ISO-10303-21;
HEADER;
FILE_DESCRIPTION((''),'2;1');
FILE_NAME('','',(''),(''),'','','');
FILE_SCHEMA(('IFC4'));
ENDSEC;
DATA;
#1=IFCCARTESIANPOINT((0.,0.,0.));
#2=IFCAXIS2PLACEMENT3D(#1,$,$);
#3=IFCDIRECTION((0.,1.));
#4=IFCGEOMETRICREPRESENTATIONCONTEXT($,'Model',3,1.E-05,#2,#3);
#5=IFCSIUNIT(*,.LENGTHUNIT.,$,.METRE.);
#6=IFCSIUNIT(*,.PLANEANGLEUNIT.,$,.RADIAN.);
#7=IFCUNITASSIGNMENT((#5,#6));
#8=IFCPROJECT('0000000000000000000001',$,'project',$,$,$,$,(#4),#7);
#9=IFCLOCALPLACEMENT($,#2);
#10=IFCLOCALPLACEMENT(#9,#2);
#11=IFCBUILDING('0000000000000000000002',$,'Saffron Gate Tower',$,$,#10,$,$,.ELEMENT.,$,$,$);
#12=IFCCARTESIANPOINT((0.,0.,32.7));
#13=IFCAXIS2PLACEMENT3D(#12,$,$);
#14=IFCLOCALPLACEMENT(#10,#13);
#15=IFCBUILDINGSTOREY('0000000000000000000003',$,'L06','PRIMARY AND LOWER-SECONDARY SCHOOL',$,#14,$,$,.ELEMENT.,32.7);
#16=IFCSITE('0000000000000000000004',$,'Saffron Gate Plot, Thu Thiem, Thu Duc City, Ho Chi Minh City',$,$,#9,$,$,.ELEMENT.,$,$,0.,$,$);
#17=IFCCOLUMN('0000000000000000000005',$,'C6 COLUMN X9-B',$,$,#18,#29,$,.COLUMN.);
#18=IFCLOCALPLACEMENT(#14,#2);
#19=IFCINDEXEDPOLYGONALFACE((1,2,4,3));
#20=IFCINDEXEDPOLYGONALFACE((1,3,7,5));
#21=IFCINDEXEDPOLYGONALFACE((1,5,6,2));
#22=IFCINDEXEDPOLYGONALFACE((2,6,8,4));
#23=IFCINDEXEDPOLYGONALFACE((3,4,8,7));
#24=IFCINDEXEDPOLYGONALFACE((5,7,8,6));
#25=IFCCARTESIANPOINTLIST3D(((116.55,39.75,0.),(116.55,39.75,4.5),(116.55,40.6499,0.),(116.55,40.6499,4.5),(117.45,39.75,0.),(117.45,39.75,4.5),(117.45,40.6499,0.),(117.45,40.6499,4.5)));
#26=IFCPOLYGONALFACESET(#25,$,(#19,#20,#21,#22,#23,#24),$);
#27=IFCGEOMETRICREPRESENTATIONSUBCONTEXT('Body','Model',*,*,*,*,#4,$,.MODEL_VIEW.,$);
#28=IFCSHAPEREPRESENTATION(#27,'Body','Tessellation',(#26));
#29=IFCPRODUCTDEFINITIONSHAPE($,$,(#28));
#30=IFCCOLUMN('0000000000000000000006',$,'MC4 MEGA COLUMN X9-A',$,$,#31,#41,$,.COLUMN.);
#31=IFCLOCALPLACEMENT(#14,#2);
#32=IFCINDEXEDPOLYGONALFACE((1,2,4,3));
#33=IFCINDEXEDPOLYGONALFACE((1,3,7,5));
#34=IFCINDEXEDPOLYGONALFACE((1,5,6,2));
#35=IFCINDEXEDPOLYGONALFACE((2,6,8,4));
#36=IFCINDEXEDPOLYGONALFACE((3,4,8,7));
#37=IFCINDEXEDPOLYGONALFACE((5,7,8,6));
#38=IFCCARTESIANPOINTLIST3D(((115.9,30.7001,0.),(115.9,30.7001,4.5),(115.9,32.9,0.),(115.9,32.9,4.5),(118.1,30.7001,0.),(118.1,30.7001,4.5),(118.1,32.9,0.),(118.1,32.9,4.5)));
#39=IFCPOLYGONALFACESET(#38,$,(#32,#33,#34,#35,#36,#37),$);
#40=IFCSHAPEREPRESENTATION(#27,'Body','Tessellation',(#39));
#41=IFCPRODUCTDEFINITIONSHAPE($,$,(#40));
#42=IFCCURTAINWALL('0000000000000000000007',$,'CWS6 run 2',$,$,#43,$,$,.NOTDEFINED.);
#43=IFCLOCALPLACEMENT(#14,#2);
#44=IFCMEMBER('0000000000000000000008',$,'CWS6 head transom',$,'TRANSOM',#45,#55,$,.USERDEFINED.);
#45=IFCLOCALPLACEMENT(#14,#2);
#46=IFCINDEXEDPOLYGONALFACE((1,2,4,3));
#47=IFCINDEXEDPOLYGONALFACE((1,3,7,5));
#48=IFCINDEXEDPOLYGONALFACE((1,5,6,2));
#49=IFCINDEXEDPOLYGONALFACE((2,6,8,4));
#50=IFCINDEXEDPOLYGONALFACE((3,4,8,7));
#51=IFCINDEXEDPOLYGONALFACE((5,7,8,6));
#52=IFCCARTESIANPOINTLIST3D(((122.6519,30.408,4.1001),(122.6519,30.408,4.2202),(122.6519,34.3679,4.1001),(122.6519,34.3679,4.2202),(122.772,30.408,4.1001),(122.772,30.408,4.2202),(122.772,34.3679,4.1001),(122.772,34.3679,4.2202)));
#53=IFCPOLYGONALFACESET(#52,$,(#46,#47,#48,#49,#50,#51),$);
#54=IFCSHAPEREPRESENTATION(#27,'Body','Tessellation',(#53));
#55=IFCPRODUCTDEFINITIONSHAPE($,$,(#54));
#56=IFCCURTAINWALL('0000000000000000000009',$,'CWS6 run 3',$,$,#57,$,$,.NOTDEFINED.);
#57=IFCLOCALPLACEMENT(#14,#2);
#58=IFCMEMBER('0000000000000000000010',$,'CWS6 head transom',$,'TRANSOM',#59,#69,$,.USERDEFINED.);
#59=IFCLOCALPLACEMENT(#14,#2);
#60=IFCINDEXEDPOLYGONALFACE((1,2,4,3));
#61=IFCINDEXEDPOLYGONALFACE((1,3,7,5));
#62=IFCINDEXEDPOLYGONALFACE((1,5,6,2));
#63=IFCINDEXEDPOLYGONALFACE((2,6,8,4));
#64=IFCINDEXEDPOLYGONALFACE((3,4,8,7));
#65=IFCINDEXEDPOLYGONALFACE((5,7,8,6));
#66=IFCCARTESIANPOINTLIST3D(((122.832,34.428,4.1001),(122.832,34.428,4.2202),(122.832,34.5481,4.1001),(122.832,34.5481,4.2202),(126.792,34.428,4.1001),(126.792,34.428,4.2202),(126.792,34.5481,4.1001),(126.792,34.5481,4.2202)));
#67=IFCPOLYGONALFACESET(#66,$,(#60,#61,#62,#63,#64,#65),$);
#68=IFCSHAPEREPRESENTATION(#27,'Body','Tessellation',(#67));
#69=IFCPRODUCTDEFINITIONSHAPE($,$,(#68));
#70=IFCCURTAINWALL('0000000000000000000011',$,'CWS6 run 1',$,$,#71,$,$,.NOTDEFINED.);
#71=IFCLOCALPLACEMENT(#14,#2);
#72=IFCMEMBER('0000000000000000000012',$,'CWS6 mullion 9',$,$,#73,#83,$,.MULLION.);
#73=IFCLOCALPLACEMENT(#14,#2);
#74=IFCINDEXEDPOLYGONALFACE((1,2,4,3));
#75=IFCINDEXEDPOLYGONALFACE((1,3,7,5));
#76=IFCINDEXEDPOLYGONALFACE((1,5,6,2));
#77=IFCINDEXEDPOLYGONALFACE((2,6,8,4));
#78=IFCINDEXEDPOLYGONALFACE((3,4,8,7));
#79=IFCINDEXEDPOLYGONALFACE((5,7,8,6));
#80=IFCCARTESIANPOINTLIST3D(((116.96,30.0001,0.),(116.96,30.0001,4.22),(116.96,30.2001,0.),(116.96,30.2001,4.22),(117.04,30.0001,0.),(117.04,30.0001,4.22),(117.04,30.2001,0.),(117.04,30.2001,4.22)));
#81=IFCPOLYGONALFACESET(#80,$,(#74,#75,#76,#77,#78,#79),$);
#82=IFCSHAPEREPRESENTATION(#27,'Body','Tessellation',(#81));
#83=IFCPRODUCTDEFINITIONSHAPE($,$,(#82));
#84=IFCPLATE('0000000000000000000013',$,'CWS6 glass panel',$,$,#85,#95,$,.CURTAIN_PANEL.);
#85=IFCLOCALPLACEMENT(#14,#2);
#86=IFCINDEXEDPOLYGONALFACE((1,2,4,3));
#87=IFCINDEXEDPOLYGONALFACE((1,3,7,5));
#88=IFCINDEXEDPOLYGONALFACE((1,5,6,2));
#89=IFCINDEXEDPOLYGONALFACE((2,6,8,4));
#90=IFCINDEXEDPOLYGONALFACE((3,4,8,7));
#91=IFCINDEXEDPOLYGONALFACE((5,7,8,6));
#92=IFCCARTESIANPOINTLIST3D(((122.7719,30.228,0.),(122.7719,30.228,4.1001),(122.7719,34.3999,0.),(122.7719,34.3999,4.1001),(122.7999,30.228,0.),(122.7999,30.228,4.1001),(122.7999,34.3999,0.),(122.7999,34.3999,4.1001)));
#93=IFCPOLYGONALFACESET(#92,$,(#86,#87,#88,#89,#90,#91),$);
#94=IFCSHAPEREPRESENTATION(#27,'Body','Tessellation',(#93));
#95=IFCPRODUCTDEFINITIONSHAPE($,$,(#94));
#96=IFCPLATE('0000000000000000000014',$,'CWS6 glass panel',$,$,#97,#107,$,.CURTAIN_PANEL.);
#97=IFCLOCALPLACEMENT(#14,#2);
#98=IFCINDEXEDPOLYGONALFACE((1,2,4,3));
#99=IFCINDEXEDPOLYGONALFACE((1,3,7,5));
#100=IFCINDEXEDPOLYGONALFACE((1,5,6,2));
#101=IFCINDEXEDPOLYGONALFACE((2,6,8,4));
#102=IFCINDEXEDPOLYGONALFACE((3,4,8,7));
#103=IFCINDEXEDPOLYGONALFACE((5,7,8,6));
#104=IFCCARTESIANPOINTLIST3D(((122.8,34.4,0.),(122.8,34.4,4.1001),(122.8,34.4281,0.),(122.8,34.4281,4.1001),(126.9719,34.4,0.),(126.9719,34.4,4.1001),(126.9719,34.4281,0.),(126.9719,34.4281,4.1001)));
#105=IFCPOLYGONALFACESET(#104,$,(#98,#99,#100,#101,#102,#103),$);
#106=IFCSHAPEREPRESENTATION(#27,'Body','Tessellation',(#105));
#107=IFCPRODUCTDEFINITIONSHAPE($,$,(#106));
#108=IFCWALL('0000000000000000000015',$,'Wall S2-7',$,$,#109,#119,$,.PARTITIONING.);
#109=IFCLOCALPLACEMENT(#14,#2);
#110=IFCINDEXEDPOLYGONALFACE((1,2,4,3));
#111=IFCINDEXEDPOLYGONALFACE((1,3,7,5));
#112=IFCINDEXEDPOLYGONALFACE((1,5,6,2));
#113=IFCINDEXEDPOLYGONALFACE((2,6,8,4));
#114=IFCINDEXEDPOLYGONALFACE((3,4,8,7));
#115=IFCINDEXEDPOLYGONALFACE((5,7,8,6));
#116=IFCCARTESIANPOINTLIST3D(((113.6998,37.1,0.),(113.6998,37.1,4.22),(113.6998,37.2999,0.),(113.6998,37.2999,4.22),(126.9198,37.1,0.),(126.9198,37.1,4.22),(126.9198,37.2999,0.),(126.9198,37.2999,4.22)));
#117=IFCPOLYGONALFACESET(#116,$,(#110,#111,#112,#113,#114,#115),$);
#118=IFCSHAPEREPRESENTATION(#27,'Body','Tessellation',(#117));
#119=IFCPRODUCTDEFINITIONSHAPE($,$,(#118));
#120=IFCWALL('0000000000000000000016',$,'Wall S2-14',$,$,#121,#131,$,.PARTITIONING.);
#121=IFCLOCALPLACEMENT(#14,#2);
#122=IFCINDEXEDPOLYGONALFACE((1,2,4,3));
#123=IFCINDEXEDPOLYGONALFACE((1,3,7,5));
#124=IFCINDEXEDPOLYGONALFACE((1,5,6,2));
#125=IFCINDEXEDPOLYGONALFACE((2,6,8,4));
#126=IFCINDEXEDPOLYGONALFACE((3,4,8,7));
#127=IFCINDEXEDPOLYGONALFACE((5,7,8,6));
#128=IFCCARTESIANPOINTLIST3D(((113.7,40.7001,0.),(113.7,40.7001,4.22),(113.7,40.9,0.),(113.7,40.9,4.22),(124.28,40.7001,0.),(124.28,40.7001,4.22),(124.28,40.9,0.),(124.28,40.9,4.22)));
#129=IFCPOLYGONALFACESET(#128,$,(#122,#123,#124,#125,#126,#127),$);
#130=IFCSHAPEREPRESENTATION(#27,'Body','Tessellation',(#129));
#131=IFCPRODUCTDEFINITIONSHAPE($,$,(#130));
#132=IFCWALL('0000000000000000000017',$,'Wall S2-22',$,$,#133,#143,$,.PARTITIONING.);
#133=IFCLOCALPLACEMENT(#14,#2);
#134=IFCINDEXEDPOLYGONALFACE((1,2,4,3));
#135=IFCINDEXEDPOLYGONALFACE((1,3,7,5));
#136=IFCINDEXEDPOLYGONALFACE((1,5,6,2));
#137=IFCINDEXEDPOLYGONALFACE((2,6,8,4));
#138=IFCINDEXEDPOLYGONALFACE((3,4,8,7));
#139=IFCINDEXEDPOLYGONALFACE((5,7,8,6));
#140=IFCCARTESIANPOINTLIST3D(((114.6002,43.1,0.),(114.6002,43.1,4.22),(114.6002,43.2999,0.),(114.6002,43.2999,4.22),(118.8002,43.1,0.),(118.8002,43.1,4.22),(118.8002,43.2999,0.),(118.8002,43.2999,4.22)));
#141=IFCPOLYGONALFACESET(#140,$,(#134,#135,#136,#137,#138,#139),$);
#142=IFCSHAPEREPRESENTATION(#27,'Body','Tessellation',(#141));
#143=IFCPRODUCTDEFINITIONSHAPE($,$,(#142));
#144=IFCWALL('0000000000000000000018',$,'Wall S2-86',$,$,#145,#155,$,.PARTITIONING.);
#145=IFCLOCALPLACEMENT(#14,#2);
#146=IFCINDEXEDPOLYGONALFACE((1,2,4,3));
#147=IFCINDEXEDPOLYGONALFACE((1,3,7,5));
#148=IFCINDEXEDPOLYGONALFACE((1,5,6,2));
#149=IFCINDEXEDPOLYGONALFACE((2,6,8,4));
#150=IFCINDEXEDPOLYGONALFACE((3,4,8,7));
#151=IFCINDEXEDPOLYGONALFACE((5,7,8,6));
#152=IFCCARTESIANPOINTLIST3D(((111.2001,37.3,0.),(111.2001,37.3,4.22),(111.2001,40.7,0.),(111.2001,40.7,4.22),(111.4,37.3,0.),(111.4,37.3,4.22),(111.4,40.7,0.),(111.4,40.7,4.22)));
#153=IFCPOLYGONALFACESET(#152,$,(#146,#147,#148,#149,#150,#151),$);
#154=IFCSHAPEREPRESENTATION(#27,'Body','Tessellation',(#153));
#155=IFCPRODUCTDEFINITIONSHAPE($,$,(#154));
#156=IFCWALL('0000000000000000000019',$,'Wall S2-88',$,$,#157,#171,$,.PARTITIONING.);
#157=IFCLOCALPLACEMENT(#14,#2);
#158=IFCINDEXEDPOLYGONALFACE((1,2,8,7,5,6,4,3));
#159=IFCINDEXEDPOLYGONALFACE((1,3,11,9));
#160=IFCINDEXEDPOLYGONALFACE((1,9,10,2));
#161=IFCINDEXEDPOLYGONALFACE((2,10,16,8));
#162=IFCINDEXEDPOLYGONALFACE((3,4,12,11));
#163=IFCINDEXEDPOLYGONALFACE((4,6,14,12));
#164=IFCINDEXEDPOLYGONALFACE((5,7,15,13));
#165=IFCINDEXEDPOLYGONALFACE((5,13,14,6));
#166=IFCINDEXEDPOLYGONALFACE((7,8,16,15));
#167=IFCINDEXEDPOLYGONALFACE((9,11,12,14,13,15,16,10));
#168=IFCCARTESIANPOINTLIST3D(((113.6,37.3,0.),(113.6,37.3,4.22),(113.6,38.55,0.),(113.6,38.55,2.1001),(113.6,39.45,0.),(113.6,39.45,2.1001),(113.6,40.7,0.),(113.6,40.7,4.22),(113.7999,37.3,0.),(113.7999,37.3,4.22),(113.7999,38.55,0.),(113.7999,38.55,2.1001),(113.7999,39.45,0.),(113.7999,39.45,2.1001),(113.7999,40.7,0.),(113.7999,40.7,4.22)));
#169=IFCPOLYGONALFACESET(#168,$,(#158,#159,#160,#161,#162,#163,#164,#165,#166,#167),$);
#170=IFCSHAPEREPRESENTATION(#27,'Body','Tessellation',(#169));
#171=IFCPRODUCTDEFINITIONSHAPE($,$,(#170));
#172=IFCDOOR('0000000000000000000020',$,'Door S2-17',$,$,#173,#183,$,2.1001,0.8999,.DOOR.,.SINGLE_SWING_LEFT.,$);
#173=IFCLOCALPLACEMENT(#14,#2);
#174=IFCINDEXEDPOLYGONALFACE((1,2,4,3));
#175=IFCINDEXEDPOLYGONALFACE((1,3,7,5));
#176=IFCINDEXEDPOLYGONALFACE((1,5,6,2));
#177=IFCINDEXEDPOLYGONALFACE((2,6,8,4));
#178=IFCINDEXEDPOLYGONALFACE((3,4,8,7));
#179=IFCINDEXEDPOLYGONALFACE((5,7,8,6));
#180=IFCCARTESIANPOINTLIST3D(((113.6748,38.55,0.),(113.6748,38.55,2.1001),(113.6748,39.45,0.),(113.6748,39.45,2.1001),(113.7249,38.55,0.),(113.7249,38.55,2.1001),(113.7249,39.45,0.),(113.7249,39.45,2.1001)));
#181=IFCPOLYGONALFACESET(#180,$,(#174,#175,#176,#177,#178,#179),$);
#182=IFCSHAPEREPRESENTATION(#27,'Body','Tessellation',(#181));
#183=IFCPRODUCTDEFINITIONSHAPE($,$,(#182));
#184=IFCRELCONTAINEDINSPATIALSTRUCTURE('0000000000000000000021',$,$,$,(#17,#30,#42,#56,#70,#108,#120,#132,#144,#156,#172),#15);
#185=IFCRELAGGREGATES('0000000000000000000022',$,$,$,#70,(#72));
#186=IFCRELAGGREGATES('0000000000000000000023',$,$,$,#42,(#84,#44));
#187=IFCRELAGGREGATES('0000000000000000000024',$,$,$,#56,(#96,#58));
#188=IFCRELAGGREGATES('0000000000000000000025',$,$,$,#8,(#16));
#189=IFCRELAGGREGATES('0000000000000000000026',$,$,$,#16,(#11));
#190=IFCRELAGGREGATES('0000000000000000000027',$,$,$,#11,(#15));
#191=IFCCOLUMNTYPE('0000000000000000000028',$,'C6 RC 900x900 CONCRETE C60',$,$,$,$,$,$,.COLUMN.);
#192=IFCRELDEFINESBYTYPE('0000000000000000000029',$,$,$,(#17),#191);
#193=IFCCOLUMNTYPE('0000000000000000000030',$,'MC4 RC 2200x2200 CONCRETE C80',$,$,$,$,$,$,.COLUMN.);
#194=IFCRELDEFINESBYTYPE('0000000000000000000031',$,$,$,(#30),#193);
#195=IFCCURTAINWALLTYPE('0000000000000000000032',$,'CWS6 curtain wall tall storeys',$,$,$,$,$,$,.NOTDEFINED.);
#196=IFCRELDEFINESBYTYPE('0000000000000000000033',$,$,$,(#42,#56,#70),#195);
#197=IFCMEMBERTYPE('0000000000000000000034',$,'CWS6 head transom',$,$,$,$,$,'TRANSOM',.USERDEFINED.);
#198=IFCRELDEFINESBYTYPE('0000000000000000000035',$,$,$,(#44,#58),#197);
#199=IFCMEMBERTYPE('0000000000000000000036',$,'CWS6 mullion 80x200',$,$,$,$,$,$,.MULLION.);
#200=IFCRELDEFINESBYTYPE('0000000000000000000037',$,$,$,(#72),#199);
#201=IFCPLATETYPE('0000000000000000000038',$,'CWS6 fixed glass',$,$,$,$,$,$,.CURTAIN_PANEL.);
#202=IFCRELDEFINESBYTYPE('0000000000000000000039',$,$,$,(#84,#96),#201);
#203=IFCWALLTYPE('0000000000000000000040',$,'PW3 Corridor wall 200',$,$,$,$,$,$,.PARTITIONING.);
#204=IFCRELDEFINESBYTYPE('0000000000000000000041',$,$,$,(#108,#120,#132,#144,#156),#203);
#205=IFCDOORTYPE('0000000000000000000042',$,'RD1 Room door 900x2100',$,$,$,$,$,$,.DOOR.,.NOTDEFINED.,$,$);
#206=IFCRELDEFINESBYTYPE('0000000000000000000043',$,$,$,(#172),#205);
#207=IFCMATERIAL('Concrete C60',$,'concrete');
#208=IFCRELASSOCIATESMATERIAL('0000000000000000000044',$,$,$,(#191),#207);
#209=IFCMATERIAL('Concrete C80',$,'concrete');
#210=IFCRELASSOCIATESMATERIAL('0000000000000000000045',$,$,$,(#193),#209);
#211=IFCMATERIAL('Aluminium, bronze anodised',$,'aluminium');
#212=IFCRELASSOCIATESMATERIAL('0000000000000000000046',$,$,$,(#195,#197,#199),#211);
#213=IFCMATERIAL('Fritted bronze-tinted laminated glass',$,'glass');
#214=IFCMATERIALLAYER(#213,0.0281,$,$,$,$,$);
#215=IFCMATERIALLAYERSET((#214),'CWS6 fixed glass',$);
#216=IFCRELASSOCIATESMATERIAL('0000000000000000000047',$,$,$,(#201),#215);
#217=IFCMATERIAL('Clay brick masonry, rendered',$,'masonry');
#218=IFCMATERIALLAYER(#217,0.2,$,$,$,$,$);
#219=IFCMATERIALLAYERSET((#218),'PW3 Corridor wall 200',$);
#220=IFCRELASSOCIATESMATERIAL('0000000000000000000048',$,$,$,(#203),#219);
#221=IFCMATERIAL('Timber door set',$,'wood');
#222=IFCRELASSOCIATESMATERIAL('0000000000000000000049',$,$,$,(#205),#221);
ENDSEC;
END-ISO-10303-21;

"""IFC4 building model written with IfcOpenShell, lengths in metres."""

from ifc_helpers import new_model, si_unit, direction, frame, frame_2d, origin, origin_2d, place, context, subcontext, project, spatial, rectangle, extrude, material, layer, layer_set, material_profile, profile_set, type_object, element, fill, aggregate, save


model = new_model("IFC4")

# Units and contexts
model_context = context("Model", 3, precision=1e-05, world=origin(), true_north=direction((0.0, 1.0)))
body_context = subcontext(model_context, "Body", "Model", "MODEL_VIEW")
ifc_project = project(units=[si_unit("LENGTHUNIT", "METRE"), si_unit("PLANEANGLEUNIT", "RADIAN")], contexts=[model_context])

# Site, building, storey
site_placement = place(None, origin())
site = spatial("IfcSite", under=ifc_project, at=site_placement, Name="Saffron Gate Plot, Thu Thiem, Thu Duc City, Ho Chi Minh City", CompositionType="ELEMENT", RefElevation=0.0)
building_placement = place(site_placement, origin())
building = spatial("IfcBuilding", under=site, at=building_placement, Name="Saffron Gate Tower", CompositionType="ELEMENT")
storey_placement = place(building_placement, frame((0.0, 0.0, 32.7)))
storey = spatial("IfcBuildingStorey", under=building, at=storey_placement, Name="L06", Description="PRIMARY AND LOWER-SECONDARY SCHOOL", CompositionType="ELEMENT", Elevation=32.7)

# Columns
ifc_material_1 = material(Name="Concrete C60", Category="concrete")
ifc_material_profile_1 = material_profile(ifc_material_1, rectangle(XDim=0.8999, YDim=0.8999, at=origin_2d()))
ifc_profile_set_1 = profile_set([ifc_material_profile_1], Name="Concrete C60")
column_type_1 = type_object("IfcColumnType", Name="C6 RC 900x900 CONCRETE C60", PredefinedType="COLUMN", material=ifc_profile_set_1)
column_1_placement = place(storey_placement, frame((117.0, 40.2, 0.0), z_axis=(0.0, 0.0, 1.0), x_axis=(1.0, 0.0, 0.0)))
element("IfcColumn", 1, at=column_1_placement, inside=storey, type_object=column_type_1, Name="C6 COLUMN X9-B", PredefinedType="COLUMN", context=body_context, shape_type="SweptSolid", body=[
    extrude(rectangle(XDim=0.8999, YDim=0.8999, at=origin_2d()), origin(), (0.0, 0.0, 1.0), 4.5),
])
ifc_material_2 = material(Name="Concrete C80", Category="concrete")
ifc_material_profile_2 = material_profile(ifc_material_2, rectangle(XDim=2.2, YDim=2.2, at=origin_2d()))
ifc_profile_set_2 = profile_set([ifc_material_profile_2], Name="Concrete C80")
column_type_2 = type_object("IfcColumnType", Name="MC4 RC 2200x2200 CONCRETE C80", PredefinedType="COLUMN", material=ifc_profile_set_2)
column_2_placement = place(storey_placement, frame((117.0, 31.8, 0.0), z_axis=(0.0, 0.0, 1.0), x_axis=(1.0, 0.0, 0.0)))
element("IfcColumn", 2, at=column_2_placement, inside=storey, type_object=column_type_2, Name="MC4 MEGA COLUMN X9-A", PredefinedType="COLUMN", context=body_context, shape_type="SweptSolid", body=[
    extrude(rectangle(XDim=2.2, YDim=2.2, at=origin_2d()), origin(), (0.0, 0.0, 1.0), 4.5),
])

# Curtain walls, members
ifc_material_3 = material(Name="Aluminium, bronze anodised", Category="aluminium")
curtain_wall_type = type_object("IfcCurtainWallType", Name="CWS6 curtain wall tall storeys", PredefinedType="NOTDEFINED", material=ifc_material_3)
curtain_wall_1_placement = place(storey_placement, origin())
curtain_wall_1 = element("IfcCurtainWall", 3, at=curtain_wall_1_placement, inside=storey, type_object=curtain_wall_type, Name="CWS6 run 2", PredefinedType="NOTDEFINED")
ifc_material_profile_3 = material_profile(ifc_material_3, rectangle(XDim=0.1201, YDim=0.1201, at=origin_2d()))
ifc_profile_set_3 = profile_set([ifc_material_profile_3], Name="Aluminium, bronze anodised")
member_type_1 = type_object("IfcMemberType", Name="CWS6 head transom", ElementType="TRANSOM", PredefinedType="USERDEFINED", material=ifc_profile_set_3)
member_1_placement = place(storey_placement, frame((122.7119, 30.408, 4.1602), z_axis=(0.0, 1.0, 0.0), x_axis=(-1.0, 0.0, 0.0)))
member_1 = element("IfcMember", 4, at=member_1_placement, type_object=member_type_1, Name="CWS6 head transom", ObjectType="TRANSOM", PredefinedType="USERDEFINED", context=body_context, shape_type="SweptSolid", body=[
    extrude(rectangle(XDim=0.1201, YDim=0.1201, at=origin_2d()), origin(), (0.0, 0.0, 1.0), 3.96),
])
curtain_wall_2_placement = place(storey_placement, origin())
curtain_wall_2 = element("IfcCurtainWall", 5, at=curtain_wall_2_placement, inside=storey, type_object=curtain_wall_type, Name="CWS6 run 3", PredefinedType="NOTDEFINED")
member_2_placement = place(storey_placement, frame((122.832, 34.488, 4.1602), z_axis=(1.0, 0.0, 0.0), x_axis=(0.0, 1.0, 0.0)))
member_2 = element("IfcMember", 6, at=member_2_placement, type_object=member_type_1, Name="CWS6 head transom", ObjectType="TRANSOM", PredefinedType="USERDEFINED", context=body_context, shape_type="SweptSolid", body=[
    extrude(rectangle(XDim=0.1201, YDim=0.1201, at=origin_2d()), origin(), (0.0, 0.0, 1.0), 3.96),
])
curtain_wall_3_placement = place(storey_placement, origin())
curtain_wall_3 = element("IfcCurtainWall", 7, at=curtain_wall_3_placement, inside=storey, type_object=curtain_wall_type, Name="CWS6 run 1", PredefinedType="NOTDEFINED")
ifc_material_profile_4 = material_profile(ifc_material_3, rectangle(XDim=0.2, YDim=0.0801, at=origin_2d()))
ifc_profile_set_4 = profile_set([ifc_material_profile_4], Name="Aluminium, bronze anodised")
member_type_2 = type_object("IfcMemberType", Name="CWS6 mullion 80x200", PredefinedType="MULLION", material=ifc_profile_set_4)
member_3_placement = place(storey_placement, frame((117.0, 30.1001, 0.0), z_axis=(0.0, 0.0, 1.0), x_axis=(0.0, 1.0, 0.0)))
member_3 = element("IfcMember", 8, at=member_3_placement, type_object=member_type_2, Name="CWS6 mullion 9", PredefinedType="MULLION", context=body_context, shape_type="SweptSolid", body=[
    extrude(rectangle(XDim=0.2, YDim=0.0801, at=origin_2d()), origin(), (0.0, 0.0, 1.0), 4.22),
])
aggregate(curtain_wall_3, [member_3])

# Plates
ifc_material_4 = material(Name="Fritted bronze-tinted laminated glass", Category="glass")
ifc_layer_1 = layer(ifc_material_4, 0.0281)
ifc_layer_set_1 = layer_set([ifc_layer_1], Name="CWS6 fixed glass")
plate_type = type_object("IfcPlateType", Name="CWS6 fixed glass", PredefinedType="CURTAIN_PANEL", material=ifc_layer_set_1)
plate_1_placement = place(storey_placement, frame((122.7859, 30.228, 0.0), z_axis=(0.0, 0.0, 1.0), x_axis=(0.0, 1.0, 0.0)))
plate_1 = element("IfcPlate", 9, at=plate_1_placement, type_object=plate_type, Name="CWS6 glass panel", PredefinedType="CURTAIN_PANEL", context=body_context, shape_type="SweptSolid", body=[
    extrude(rectangle(XDim=4.1719, YDim=0.0281, at=frame_2d((2.0859, 0.0))), origin(), (0.0, 0.0, 1.0), 4.1001),
])
aggregate(curtain_wall_1, [plate_1, member_1])
plate_2_placement = place(storey_placement, frame((122.8, 34.4141, 0.0), z_axis=(0.0, 0.0, 1.0), x_axis=(1.0, 0.0, 0.0)))
plate_2 = element("IfcPlate", 10, at=plate_2_placement, type_object=plate_type, Name="CWS6 glass panel", PredefinedType="CURTAIN_PANEL", context=body_context, shape_type="SweptSolid", body=[
    extrude(rectangle(XDim=4.1719, YDim=0.0281, at=frame_2d((2.0859, 0.0))), origin(), (0.0, 0.0, 1.0), 4.1001),
])
aggregate(curtain_wall_2, [plate_2, member_2])

# Walls
ifc_material_5 = material(Name="Clay brick masonry, rendered", Category="masonry")
ifc_layer_2 = layer(ifc_material_5, 0.2)
ifc_layer_set_2 = layer_set([ifc_layer_2], Name="PW3 Corridor wall 200")
wall_type = type_object("IfcWallType", Name="PW3 Corridor wall 200", PredefinedType="PARTITIONING", material=ifc_layer_set_2)
wall_1_placement = place(storey_placement, frame((113.7, 37.2, 0.0), z_axis=(0.0, 0.0, 1.0), x_axis=(1.0, 0.0, 0.0)))
element("IfcWall", 11, at=wall_1_placement, inside=storey, type_object=wall_type, Name="Wall S2-7", PredefinedType="PARTITIONING", context=body_context, shape_type="SweptSolid", body=[
    extrude(rectangle(XDim=13.22, YDim=0.2, at=frame_2d((6.6099, 0.0))), origin(), (0.0, 0.0, 1.0), 4.22),
])
wall_2_placement = place(storey_placement, frame((113.7, 40.8, 0.0), z_axis=(0.0, 0.0, 1.0), x_axis=(1.0, 0.0, 0.0)))
element("IfcWall", 12, at=wall_2_placement, inside=storey, type_object=wall_type, Name="Wall S2-14", PredefinedType="PARTITIONING", context=body_context, shape_type="SweptSolid", body=[
    extrude(rectangle(XDim=10.5801, YDim=0.2, at=frame_2d((5.29, 0.0))), origin(), (0.0, 0.0, 1.0), 4.22),
])
wall_3_placement = place(storey_placement, frame((114.6001, 43.2, 0.0), z_axis=(0.0, 0.0, 1.0), x_axis=(1.0, 0.0, 0.0)))
element("IfcWall", 13, at=wall_3_placement, inside=storey, type_object=wall_type, Name="Wall S2-22", PredefinedType="PARTITIONING", context=body_context, shape_type="SweptSolid", body=[
    extrude(rectangle(XDim=4.2, YDim=0.2, at=frame_2d((2.1001, 0.0))), origin(), (0.0, 0.0, 1.0), 4.22),
])
wall_4_placement = place(storey_placement, frame((111.3, 40.7, 0.0), z_axis=(0.0, 0.0, 1.0), x_axis=(0.0, -1.0, 0.0)))
element("IfcWall", 14, at=wall_4_placement, inside=storey, type_object=wall_type, Name="Wall S2-86", PredefinedType="PARTITIONING", context=body_context, shape_type="SweptSolid", body=[
    extrude(rectangle(XDim=3.3999, YDim=0.2, at=frame_2d((1.7, 0.0))), origin(), (0.0, 0.0, 1.0), 4.22),
])

# Wall, opening, door
wall_5_placement = place(storey_placement, frame((113.7, 40.7, 0.0), z_axis=(0.0, 0.0, 1.0), x_axis=(0.0, -1.0, 0.0)))
wall_5 = element("IfcWall", 15, at=wall_5_placement, inside=storey, type_object=wall_type, Name="Wall S2-88", PredefinedType="PARTITIONING", context=body_context, shape_type="SweptSolid", body=[
    extrude(rectangle(XDim=3.3999, YDim=0.2, at=frame_2d((1.7, 0.0))), origin(), (0.0, 0.0, 1.0), 4.22),
])
opening_placement = place(wall_5_placement, frame((1.25, 0.0, 0.0)))
opening = element("IfcOpeningElement", 16, at=opening_placement, cuts=wall_5, PredefinedType="OPENING", context=body_context, shape_type="SweptSolid", body=[
    extrude(rectangle(XDim=0.8999, YDim=2.1001, at=frame_2d((0.45, 1.05))), frame((0.0, 0.1099, 0.0), z_axis=(0.0, -1.0, 0.0), x_axis=(1.0, 0.0, 0.0)), (0.0, 0.0, 1.0), 0.22),
])
ifc_material_6 = material(Name="Timber door set", Category="wood")
door_type = type_object("IfcDoorType", Name="RD1 Room door 900x2100", OperationType="NOTDEFINED", PredefinedType="DOOR", material=ifc_material_6)
door_placement = place(opening_placement, origin())
door = element("IfcDoor", 17, at=door_placement, inside=storey, type_object=door_type, Name="Door S2-17", OperationType="SINGLE_SWING_LEFT", OverallHeight=2.1001, OverallWidth=0.8999, PredefinedType="DOOR", context=body_context, shape_type="SweptSolid", body=[
    extrude(rectangle(XDim=0.8999, YDim=2.1001, at=frame_2d((0.45, 1.05))), frame((0.0, 0.0249, 0.0), z_axis=(0.0, -1.0, 0.0), x_axis=(1.0, 0.0, 0.0)), (0.0, 0.0, 1.0), 0.05),
])
fill(opening, door)

save(model, "model.ifc")
